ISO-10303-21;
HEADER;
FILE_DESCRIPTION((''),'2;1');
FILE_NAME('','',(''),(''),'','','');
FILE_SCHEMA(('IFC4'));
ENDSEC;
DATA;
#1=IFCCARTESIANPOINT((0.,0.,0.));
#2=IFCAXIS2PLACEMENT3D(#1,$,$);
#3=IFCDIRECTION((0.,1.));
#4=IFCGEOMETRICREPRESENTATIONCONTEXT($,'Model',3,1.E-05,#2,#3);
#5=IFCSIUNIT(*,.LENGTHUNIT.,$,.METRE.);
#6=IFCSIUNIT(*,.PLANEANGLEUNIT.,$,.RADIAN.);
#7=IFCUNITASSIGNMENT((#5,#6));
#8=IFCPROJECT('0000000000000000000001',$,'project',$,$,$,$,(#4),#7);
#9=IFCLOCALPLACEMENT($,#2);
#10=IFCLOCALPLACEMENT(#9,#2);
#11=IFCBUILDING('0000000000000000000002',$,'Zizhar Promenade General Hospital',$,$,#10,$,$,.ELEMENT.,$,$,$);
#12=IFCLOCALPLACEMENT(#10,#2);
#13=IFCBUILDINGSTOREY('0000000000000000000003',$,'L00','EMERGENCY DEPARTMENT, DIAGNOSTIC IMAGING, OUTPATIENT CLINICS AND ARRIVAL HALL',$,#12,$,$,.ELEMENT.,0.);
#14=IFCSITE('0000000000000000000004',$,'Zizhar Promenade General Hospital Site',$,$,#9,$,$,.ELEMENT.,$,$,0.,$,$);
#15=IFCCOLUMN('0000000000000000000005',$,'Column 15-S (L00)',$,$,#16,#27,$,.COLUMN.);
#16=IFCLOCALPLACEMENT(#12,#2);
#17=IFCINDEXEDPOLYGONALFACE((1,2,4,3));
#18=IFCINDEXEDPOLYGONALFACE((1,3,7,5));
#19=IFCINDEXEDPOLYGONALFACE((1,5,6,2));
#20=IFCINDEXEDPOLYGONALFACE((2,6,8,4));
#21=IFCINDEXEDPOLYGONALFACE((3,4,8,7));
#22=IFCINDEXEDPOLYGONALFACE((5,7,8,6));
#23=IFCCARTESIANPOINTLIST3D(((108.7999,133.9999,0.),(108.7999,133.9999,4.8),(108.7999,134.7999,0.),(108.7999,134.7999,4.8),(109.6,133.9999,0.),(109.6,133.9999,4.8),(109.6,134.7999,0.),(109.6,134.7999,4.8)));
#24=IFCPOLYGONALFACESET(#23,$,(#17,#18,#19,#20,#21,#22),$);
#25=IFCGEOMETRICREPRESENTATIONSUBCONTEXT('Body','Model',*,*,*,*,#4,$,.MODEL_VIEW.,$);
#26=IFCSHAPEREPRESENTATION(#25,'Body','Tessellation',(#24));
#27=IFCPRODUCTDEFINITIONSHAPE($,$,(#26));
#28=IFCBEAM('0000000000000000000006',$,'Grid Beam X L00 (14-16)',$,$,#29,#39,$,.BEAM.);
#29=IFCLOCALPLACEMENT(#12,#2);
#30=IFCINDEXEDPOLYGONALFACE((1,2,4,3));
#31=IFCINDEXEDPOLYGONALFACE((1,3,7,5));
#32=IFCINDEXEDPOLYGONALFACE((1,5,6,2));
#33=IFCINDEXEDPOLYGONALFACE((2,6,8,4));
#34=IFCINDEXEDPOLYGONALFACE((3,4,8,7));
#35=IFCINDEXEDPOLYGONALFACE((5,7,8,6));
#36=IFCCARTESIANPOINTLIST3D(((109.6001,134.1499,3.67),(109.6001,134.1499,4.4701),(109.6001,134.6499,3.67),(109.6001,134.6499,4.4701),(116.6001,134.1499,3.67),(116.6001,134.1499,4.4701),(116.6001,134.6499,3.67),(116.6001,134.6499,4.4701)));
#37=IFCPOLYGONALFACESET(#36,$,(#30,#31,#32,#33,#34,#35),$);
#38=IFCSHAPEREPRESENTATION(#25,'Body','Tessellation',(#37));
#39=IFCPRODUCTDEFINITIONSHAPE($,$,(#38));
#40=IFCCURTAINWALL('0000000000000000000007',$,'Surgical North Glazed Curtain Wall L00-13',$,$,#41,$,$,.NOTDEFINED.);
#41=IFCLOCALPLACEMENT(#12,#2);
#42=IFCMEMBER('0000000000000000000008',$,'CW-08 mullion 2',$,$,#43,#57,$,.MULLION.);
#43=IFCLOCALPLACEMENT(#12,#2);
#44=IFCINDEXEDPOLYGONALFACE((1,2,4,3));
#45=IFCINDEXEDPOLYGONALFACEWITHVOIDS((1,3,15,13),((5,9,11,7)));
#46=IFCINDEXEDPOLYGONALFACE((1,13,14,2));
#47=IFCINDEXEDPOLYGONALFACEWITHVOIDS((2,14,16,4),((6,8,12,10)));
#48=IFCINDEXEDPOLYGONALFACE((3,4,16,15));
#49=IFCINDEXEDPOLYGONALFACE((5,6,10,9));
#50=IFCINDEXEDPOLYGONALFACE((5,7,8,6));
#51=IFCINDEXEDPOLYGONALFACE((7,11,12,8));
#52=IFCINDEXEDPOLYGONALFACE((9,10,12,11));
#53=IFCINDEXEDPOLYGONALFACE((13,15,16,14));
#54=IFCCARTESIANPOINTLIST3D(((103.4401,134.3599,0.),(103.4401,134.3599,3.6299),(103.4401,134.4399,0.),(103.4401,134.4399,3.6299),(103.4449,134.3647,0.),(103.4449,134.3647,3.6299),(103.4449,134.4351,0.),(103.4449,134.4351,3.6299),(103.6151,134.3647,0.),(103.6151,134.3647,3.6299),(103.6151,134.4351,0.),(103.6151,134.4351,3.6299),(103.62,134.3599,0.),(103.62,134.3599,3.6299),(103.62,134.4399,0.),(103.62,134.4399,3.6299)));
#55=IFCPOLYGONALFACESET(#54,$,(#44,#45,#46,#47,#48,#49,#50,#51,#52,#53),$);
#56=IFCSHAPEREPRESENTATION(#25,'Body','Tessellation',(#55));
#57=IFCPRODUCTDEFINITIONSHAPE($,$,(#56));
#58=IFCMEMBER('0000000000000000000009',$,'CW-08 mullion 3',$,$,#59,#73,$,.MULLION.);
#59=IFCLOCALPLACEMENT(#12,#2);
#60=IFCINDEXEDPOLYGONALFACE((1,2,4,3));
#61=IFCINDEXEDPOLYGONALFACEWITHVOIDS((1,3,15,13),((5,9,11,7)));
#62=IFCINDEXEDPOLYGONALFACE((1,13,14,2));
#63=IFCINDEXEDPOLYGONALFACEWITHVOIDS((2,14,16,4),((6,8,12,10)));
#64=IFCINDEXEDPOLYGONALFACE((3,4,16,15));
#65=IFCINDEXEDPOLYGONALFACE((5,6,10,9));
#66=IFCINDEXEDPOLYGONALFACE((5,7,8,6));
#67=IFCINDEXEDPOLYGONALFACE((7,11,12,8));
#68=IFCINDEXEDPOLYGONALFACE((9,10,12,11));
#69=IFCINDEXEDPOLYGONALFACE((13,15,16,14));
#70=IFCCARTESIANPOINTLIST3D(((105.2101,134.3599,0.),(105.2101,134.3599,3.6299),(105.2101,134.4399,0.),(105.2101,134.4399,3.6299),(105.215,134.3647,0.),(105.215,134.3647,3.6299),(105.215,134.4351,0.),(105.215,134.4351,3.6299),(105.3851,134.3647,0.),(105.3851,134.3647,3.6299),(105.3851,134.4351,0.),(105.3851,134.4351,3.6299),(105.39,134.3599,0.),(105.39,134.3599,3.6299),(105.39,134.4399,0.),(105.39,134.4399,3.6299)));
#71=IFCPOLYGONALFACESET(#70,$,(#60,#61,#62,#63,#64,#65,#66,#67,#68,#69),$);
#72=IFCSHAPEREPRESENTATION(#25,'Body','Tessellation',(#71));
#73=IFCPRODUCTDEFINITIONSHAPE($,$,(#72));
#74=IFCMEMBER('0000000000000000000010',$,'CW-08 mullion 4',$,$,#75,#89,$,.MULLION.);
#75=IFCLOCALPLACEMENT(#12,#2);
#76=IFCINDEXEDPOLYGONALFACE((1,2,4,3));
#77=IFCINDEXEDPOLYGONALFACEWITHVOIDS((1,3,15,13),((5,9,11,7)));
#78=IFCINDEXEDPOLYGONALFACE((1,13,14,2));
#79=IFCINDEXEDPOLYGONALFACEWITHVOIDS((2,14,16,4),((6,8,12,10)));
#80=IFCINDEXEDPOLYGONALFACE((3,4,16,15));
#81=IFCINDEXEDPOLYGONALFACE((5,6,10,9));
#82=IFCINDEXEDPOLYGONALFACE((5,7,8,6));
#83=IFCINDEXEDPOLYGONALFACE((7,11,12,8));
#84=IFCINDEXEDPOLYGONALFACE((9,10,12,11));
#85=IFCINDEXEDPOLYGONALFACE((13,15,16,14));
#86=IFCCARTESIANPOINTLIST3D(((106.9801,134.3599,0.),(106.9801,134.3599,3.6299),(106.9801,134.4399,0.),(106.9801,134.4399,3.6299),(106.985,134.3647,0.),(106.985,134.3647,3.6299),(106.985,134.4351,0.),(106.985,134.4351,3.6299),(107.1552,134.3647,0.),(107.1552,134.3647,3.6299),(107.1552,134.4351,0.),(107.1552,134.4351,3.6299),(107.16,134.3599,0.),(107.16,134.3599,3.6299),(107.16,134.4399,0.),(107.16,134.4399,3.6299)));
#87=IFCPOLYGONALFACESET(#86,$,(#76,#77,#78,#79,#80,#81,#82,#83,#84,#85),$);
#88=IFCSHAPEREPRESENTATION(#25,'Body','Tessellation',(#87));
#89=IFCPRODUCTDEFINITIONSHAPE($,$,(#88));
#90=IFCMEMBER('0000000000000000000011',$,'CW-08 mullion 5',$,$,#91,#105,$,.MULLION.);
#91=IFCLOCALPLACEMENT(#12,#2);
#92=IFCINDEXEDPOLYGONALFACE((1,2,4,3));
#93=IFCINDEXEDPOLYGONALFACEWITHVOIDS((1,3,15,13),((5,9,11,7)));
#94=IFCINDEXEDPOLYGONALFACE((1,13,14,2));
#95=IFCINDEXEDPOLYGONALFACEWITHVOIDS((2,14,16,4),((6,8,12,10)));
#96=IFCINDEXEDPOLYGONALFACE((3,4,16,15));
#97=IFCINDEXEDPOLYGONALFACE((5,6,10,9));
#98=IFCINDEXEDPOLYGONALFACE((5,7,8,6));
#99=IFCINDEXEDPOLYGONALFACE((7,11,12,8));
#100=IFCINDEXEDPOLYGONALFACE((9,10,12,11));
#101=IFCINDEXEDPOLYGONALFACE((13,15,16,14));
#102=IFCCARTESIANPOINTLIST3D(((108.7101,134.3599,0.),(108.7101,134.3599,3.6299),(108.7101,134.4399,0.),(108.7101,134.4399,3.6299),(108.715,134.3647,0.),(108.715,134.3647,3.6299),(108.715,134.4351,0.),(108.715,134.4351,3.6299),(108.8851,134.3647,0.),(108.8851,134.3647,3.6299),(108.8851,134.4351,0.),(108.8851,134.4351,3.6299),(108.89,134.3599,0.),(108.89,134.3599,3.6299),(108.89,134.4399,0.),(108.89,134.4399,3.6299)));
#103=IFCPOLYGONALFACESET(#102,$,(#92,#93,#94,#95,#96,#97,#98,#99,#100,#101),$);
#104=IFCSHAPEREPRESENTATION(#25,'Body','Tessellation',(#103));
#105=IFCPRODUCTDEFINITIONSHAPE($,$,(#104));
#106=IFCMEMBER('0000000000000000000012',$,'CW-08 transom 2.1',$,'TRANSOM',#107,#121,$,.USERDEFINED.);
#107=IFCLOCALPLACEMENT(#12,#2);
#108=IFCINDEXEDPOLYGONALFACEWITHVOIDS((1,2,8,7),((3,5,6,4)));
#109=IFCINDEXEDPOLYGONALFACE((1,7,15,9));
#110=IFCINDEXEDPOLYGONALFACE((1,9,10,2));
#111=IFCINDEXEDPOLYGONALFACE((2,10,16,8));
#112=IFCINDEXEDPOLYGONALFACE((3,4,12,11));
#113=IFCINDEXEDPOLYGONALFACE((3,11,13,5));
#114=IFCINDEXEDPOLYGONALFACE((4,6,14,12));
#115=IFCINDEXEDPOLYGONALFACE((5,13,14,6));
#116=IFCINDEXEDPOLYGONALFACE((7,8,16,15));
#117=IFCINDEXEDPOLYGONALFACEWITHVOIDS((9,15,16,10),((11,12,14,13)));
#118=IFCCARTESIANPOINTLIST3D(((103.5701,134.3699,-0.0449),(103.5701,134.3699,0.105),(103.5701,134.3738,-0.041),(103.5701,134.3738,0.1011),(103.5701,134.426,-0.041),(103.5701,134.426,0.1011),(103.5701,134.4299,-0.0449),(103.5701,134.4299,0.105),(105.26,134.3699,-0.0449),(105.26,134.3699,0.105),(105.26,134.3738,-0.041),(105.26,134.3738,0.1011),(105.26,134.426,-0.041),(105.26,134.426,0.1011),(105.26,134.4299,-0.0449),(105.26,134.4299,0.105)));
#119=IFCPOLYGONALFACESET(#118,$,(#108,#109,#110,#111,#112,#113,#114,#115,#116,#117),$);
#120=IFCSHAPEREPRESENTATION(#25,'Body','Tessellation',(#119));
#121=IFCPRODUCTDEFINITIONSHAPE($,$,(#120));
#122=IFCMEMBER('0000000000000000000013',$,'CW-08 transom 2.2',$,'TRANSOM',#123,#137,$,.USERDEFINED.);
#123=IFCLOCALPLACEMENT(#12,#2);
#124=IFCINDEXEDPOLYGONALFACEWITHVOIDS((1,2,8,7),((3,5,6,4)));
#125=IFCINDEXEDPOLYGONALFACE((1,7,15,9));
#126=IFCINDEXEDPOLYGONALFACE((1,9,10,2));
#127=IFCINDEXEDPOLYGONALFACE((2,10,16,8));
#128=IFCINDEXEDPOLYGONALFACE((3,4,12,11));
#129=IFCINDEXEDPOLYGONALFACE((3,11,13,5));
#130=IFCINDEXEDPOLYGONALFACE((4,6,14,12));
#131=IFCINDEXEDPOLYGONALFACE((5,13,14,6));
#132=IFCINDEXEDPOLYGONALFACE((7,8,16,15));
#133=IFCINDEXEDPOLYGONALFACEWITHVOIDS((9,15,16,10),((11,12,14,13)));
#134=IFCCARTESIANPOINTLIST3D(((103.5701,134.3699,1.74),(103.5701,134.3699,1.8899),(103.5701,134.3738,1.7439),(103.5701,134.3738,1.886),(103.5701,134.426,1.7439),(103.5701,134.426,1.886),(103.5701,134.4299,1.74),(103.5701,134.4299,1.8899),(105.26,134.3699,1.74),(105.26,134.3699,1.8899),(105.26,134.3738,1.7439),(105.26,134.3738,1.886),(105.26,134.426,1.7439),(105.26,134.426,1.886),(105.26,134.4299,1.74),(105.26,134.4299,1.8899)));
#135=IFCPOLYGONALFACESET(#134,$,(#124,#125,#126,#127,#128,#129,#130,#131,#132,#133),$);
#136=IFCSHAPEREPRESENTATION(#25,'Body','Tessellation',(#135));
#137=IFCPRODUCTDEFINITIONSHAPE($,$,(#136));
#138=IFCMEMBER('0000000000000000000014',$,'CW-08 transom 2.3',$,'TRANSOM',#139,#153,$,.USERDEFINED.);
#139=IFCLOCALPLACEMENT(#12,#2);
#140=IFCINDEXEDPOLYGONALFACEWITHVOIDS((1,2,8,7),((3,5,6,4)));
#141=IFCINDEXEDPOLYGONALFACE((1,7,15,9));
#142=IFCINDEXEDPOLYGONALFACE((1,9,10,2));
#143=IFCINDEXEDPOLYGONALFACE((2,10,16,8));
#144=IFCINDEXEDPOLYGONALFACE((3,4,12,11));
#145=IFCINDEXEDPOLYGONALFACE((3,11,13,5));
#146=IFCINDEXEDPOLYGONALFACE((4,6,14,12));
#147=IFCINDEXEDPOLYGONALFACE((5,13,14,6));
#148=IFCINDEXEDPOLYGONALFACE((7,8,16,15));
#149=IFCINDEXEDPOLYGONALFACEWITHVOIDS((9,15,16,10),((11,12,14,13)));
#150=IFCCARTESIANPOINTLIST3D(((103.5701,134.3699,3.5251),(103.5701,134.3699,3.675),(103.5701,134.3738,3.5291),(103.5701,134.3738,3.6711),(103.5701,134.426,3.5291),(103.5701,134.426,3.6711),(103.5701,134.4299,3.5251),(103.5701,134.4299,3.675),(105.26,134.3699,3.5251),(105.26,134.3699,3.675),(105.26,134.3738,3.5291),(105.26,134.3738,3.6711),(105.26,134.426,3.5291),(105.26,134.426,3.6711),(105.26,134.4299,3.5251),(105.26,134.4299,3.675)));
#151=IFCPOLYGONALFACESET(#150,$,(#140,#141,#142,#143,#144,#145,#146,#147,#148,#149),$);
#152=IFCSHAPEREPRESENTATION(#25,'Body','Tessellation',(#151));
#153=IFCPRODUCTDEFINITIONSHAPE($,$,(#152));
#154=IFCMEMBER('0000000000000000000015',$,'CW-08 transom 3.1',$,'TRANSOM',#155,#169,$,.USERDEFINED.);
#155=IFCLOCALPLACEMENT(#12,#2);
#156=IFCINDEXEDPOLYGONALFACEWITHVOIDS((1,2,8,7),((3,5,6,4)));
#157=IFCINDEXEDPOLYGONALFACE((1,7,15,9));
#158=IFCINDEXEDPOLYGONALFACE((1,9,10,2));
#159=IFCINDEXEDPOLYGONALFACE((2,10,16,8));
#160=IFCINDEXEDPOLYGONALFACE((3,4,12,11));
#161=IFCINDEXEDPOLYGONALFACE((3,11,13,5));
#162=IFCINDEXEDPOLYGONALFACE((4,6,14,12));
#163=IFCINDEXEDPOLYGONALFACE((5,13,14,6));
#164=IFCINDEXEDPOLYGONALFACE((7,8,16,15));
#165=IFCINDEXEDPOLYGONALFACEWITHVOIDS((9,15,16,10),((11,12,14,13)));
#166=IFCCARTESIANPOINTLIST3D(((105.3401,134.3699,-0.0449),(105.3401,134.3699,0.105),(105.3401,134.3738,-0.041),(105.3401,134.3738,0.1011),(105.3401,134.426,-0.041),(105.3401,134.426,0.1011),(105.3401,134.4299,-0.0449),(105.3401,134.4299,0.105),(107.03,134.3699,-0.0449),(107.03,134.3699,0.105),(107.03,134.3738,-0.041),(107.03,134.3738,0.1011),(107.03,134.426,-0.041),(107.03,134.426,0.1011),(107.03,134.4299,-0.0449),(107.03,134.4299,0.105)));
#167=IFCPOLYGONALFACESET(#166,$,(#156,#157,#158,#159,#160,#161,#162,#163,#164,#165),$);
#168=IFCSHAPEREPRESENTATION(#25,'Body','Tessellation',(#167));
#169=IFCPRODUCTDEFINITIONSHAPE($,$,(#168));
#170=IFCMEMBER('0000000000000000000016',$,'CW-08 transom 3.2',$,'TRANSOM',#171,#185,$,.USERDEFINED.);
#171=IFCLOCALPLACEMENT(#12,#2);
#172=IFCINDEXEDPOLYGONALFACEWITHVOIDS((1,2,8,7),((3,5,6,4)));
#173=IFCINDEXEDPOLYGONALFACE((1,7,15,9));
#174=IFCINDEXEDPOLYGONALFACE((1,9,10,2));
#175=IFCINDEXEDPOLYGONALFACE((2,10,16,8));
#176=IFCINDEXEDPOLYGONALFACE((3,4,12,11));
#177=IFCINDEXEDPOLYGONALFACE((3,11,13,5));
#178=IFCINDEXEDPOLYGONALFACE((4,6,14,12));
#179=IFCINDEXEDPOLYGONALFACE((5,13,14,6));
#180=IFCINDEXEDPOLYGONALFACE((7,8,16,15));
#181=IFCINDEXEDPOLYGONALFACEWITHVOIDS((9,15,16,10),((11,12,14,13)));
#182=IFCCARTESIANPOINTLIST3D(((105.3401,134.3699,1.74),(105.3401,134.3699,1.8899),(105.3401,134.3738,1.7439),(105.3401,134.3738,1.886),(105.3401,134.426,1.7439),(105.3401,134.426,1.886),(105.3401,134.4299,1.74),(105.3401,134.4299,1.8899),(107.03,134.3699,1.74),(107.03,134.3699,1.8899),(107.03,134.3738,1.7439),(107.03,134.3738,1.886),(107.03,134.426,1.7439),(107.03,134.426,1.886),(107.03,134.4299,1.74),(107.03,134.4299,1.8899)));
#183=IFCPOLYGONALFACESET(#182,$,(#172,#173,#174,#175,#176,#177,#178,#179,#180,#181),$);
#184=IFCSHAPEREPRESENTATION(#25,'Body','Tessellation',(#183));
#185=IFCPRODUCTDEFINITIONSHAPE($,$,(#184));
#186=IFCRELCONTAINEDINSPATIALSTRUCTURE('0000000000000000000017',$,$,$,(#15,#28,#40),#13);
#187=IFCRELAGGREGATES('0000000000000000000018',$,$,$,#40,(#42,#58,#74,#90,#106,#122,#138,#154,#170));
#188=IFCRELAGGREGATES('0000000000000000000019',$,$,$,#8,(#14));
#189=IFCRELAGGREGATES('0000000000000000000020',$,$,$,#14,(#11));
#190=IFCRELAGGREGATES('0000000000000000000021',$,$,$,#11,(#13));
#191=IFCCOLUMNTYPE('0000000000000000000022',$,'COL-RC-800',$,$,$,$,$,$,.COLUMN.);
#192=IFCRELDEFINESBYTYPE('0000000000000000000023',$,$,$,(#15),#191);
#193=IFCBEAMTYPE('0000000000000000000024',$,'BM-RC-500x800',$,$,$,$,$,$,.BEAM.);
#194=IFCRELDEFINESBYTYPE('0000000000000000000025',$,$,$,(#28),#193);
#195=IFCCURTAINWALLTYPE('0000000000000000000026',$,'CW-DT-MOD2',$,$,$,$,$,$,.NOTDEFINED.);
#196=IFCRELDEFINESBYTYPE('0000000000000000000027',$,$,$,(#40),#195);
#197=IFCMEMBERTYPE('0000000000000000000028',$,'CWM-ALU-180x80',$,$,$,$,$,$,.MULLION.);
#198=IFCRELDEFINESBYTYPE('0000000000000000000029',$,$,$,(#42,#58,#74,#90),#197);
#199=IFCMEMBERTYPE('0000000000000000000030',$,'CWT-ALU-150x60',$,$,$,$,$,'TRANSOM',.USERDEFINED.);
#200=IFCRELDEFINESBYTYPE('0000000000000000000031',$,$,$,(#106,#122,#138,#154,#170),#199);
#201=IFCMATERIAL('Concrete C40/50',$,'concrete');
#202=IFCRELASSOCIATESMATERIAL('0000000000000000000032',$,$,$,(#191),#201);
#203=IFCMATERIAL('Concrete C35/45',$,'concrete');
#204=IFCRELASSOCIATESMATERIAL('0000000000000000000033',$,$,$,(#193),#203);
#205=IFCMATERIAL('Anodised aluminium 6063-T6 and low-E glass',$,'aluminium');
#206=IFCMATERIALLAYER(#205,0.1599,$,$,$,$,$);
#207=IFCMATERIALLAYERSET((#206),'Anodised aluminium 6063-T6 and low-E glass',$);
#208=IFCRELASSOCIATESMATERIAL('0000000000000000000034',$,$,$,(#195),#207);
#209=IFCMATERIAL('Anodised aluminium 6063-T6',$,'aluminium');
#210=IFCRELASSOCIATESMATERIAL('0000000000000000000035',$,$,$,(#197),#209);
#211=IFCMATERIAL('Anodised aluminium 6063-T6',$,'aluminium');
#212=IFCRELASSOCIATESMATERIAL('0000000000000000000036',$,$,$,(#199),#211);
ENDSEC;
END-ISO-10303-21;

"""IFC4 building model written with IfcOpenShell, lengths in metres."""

from ifc_helpers import new_model, si_unit, direction, frame, origin, origin_2d, place, context, subcontext, project, spatial, rectangle, hollow_rectangle, extrude, material, layer, layer_set, material_profile, profile_set, type_object, element, aggregate, save


model = new_model("IFC4")

# Units and contexts
model_context = context("Model", 3, precision=1e-05, world=origin(), true_north=direction((0.0, 1.0)))
body_context = subcontext(model_context, "Body", "Model", "MODEL_VIEW")
ifc_project = project(units=[si_unit("LENGTHUNIT", "METRE"), si_unit("PLANEANGLEUNIT", "RADIAN")], contexts=[model_context])

# Site, building, storey
site_placement = place(None, origin())
site = spatial("IfcSite", under=ifc_project, at=site_placement, Name="Zizhar Promenade General Hospital Site", CompositionType="ELEMENT", RefElevation=0.0)
building_placement = place(site_placement, origin())
building = spatial("IfcBuilding", under=site, at=building_placement, Name="Zizhar Promenade General Hospital", CompositionType="ELEMENT")
storey_placement = place(building_placement, origin())
storey = spatial("IfcBuildingStorey", under=building, at=storey_placement, Name="L00", Description="EMERGENCY DEPARTMENT, DIAGNOSTIC IMAGING, OUTPATIENT CLINICS AND ARRIVAL HALL", CompositionType="ELEMENT", Elevation=0.0)

# Column
ifc_material_1 = material(Name="Concrete C40/50", Category="concrete")
ifc_material_profile_1 = material_profile(ifc_material_1, rectangle(XDim=0.8, YDim=0.8, at=origin_2d()))
ifc_profile_set_1 = profile_set([ifc_material_profile_1], Name="Concrete C40/50")
column_type = type_object("IfcColumnType", Name="COL-RC-800", PredefinedType="COLUMN", material=ifc_profile_set_1)
column_placement = place(storey_placement, frame((109.2, 134.3999, 0.0), z_axis=(0.0, 0.0, 1.0), x_axis=(1.0, 0.0, 0.0)))
element("IfcColumn", 1, at=column_placement, inside=storey, type_object=column_type, Name="Column 15-S (L00)", PredefinedType="COLUMN", context=body_context, shape_type="SweptSolid", body=[
    extrude(rectangle(XDim=0.8, YDim=0.8, at=origin_2d()), origin(), (0.0, 0.0, 1.0), 4.8),
])

# Beam
ifc_material_2 = material(Name="Concrete C35/45", Category="concrete")
ifc_material_profile_2 = material_profile(ifc_material_2, rectangle(XDim=0.5, YDim=0.8, at=origin_2d()))
ifc_profile_set_2 = profile_set([ifc_material_profile_2], Name="Concrete C35/45")
beam_type = type_object("IfcBeamType", Name="BM-RC-500x800", PredefinedType="BEAM", material=ifc_profile_set_2)
beam_placement = place(storey_placement, frame((109.6001, 134.3999, 4.0701), z_axis=(1.0, 0.0, 0.0), x_axis=(0.0, 1.0, 0.0)))
element("IfcBeam", 2, at=beam_placement, inside=storey, type_object=beam_type, Name="Grid Beam X L00 (14-16)", PredefinedType="BEAM", context=body_context, shape_type="SweptSolid", body=[
    extrude(rectangle(XDim=0.5, YDim=0.8, at=origin_2d()), origin(), (0.0, 0.0, 1.0), 7.0),
])

# Curtain wall, members
ifc_material_3 = material(Name="Anodised aluminium 6063-T6 and low-E glass", Category="aluminium")
ifc_layer_1 = layer(ifc_material_3, 0.1599)
ifc_layer_set_1 = layer_set([ifc_layer_1], Name="Anodised aluminium 6063-T6 and low-E glass")
curtain_wall_type = type_object("IfcCurtainWallType", Name="CW-DT-MOD2", PredefinedType="NOTDEFINED", material=ifc_layer_set_1)
curtain_wall_placement = place(storey_placement, origin())
curtain_wall = element("IfcCurtainWall", 3, at=curtain_wall_placement, inside=storey, type_object=curtain_wall_type, Name="Surgical North Glazed Curtain Wall L00-13", PredefinedType="NOTDEFINED")
ifc_material_4 = material(Name="Anodised aluminium 6063-T6", Category="aluminium")
ifc_material_profile_3 = material_profile(ifc_material_4, hollow_rectangle(XDim=0.0801, YDim=0.1799, WallThickness=0.0049, at=origin_2d()))
ifc_profile_set_3 = profile_set([ifc_material_profile_3], Name="Anodised aluminium 6063-T6")
member_type_1 = type_object("IfcMemberType", Name="CWM-ALU-180x80", PredefinedType="MULLION", material=ifc_profile_set_3)
member_1_placement = place(storey_placement, frame((103.53, 134.3999, 0.0), z_axis=(0.0, 0.0, 1.0), x_axis=(0.0, 1.0, 0.0)))
member_1 = element("IfcMember", 4, at=member_1_placement, type_object=member_type_1, Name="CW-08 mullion 2", PredefinedType="MULLION", context=body_context, shape_type="SweptSolid", body=[
    extrude(hollow_rectangle(XDim=0.0801, YDim=0.1799, WallThickness=0.0049, at=origin_2d()), origin(), (0.0, 0.0, 1.0), 3.6299),
])
member_2_placement = place(storey_placement, frame((105.3, 134.3999, 0.0), z_axis=(0.0, 0.0, 1.0), x_axis=(0.0, 1.0, 0.0)))
member_2 = element("IfcMember", 5, at=member_2_placement, type_object=member_type_1, Name="CW-08 mullion 3", PredefinedType="MULLION", context=body_context, shape_type="SweptSolid", body=[
    extrude(hollow_rectangle(XDim=0.0801, YDim=0.1799, WallThickness=0.0049, at=origin_2d()), origin(), (0.0, 0.0, 1.0), 3.6299),
])
member_3_placement = place(storey_placement, frame((107.0701, 134.3999, 0.0), z_axis=(0.0, 0.0, 1.0), x_axis=(0.0, 1.0, 0.0)))
member_3 = element("IfcMember", 6, at=member_3_placement, type_object=member_type_1, Name="CW-08 mullion 4", PredefinedType="MULLION", context=body_context, shape_type="SweptSolid", body=[
    extrude(hollow_rectangle(XDim=0.0801, YDim=0.1799, WallThickness=0.0049, at=origin_2d()), origin(), (0.0, 0.0, 1.0), 3.6299),
])
member_4_placement = place(storey_placement, frame((108.8, 134.3999, 0.0), z_axis=(0.0, 0.0, 1.0), x_axis=(0.0, 1.0, 0.0)))
member_4 = element("IfcMember", 7, at=member_4_placement, type_object=member_type_1, Name="CW-08 mullion 5", PredefinedType="MULLION", context=body_context, shape_type="SweptSolid", body=[
    extrude(hollow_rectangle(XDim=0.0801, YDim=0.1799, WallThickness=0.0049, at=origin_2d()), origin(), (0.0, 0.0, 1.0), 3.6299),
])
ifc_material_5 = material(Name="Anodised aluminium 6063-T6", Category="aluminium")
ifc_material_profile_4 = material_profile(ifc_material_5, hollow_rectangle(XDim=0.0601, YDim=0.1499, WallThickness=0.0039, at=origin_2d()))
ifc_profile_set_4 = profile_set([ifc_material_profile_4], Name="Anodised aluminium 6063-T6")
member_type_2 = type_object("IfcMemberType", Name="CWT-ALU-150x60", ElementType="TRANSOM", PredefinedType="USERDEFINED", material=ifc_profile_set_4)
member_5_placement = place(storey_placement, frame((103.5701, 134.3999, 0.03), z_axis=(1.0, 0.0, 0.0), x_axis=(0.0, 1.0, 0.0)))
member_5 = element("IfcMember", 8, at=member_5_placement, type_object=member_type_2, Name="CW-08 transom 2.1", ObjectType="TRANSOM", PredefinedType="USERDEFINED", context=body_context, shape_type="SweptSolid", body=[
    extrude(hollow_rectangle(XDim=0.0601, YDim=0.1499, WallThickness=0.0039, at=origin_2d()), origin(), (0.0, 0.0, 1.0), 1.6899),
])
member_6_placement = place(storey_placement, frame((103.5701, 134.3999, 1.8149), z_axis=(1.0, 0.0, 0.0), x_axis=(0.0, 1.0, 0.0)))
member_6 = element("IfcMember", 9, at=member_6_placement, type_object=member_type_2, Name="CW-08 transom 2.2", ObjectType="TRANSOM", PredefinedType="USERDEFINED", context=body_context, shape_type="SweptSolid", body=[
    extrude(hollow_rectangle(XDim=0.0601, YDim=0.1499, WallThickness=0.0039, at=origin_2d()), origin(), (0.0, 0.0, 1.0), 1.6899),
])
member_7_placement = place(storey_placement, frame((103.5701, 134.3999, 3.6001), z_axis=(1.0, 0.0, 0.0), x_axis=(0.0, 1.0, 0.0)))
member_7 = element("IfcMember", 10, at=member_7_placement, type_object=member_type_2, Name="CW-08 transom 2.3", ObjectType="TRANSOM", PredefinedType="USERDEFINED", context=body_context, shape_type="SweptSolid", body=[
    extrude(hollow_rectangle(XDim=0.0601, YDim=0.1499, WallThickness=0.0039, at=origin_2d()), origin(), (0.0, 0.0, 1.0), 1.6899),
])
member_8_placement = place(storey_placement, frame((105.3401, 134.3999, 0.03), z_axis=(1.0, 0.0, 0.0), x_axis=(0.0, 1.0, 0.0)))
member_8 = element("IfcMember", 11, at=member_8_placement, type_object=member_type_2, Name="CW-08 transom 3.1", ObjectType="TRANSOM", PredefinedType="USERDEFINED", context=body_context, shape_type="SweptSolid", body=[
    extrude(hollow_rectangle(XDim=0.0601, YDim=0.1499, WallThickness=0.0039, at=origin_2d()), origin(), (0.0, 0.0, 1.0), 1.6899),
])
member_9_placement = place(storey_placement, frame((105.3401, 134.3999, 1.8149), z_axis=(1.0, 0.0, 0.0), x_axis=(0.0, 1.0, 0.0)))
member_9 = element("IfcMember", 12, at=member_9_placement, type_object=member_type_2, Name="CW-08 transom 3.2", ObjectType="TRANSOM", PredefinedType="USERDEFINED", context=body_context, shape_type="SweptSolid", body=[
    extrude(hollow_rectangle(XDim=0.0601, YDim=0.1499, WallThickness=0.0039, at=origin_2d()), origin(), (0.0, 0.0, 1.0), 1.6899),
])
aggregate(curtain_wall, [member_1, member_2, member_3, member_4, member_5, member_6, member_7, member_8, member_9])

save(model, "model.ifc")
